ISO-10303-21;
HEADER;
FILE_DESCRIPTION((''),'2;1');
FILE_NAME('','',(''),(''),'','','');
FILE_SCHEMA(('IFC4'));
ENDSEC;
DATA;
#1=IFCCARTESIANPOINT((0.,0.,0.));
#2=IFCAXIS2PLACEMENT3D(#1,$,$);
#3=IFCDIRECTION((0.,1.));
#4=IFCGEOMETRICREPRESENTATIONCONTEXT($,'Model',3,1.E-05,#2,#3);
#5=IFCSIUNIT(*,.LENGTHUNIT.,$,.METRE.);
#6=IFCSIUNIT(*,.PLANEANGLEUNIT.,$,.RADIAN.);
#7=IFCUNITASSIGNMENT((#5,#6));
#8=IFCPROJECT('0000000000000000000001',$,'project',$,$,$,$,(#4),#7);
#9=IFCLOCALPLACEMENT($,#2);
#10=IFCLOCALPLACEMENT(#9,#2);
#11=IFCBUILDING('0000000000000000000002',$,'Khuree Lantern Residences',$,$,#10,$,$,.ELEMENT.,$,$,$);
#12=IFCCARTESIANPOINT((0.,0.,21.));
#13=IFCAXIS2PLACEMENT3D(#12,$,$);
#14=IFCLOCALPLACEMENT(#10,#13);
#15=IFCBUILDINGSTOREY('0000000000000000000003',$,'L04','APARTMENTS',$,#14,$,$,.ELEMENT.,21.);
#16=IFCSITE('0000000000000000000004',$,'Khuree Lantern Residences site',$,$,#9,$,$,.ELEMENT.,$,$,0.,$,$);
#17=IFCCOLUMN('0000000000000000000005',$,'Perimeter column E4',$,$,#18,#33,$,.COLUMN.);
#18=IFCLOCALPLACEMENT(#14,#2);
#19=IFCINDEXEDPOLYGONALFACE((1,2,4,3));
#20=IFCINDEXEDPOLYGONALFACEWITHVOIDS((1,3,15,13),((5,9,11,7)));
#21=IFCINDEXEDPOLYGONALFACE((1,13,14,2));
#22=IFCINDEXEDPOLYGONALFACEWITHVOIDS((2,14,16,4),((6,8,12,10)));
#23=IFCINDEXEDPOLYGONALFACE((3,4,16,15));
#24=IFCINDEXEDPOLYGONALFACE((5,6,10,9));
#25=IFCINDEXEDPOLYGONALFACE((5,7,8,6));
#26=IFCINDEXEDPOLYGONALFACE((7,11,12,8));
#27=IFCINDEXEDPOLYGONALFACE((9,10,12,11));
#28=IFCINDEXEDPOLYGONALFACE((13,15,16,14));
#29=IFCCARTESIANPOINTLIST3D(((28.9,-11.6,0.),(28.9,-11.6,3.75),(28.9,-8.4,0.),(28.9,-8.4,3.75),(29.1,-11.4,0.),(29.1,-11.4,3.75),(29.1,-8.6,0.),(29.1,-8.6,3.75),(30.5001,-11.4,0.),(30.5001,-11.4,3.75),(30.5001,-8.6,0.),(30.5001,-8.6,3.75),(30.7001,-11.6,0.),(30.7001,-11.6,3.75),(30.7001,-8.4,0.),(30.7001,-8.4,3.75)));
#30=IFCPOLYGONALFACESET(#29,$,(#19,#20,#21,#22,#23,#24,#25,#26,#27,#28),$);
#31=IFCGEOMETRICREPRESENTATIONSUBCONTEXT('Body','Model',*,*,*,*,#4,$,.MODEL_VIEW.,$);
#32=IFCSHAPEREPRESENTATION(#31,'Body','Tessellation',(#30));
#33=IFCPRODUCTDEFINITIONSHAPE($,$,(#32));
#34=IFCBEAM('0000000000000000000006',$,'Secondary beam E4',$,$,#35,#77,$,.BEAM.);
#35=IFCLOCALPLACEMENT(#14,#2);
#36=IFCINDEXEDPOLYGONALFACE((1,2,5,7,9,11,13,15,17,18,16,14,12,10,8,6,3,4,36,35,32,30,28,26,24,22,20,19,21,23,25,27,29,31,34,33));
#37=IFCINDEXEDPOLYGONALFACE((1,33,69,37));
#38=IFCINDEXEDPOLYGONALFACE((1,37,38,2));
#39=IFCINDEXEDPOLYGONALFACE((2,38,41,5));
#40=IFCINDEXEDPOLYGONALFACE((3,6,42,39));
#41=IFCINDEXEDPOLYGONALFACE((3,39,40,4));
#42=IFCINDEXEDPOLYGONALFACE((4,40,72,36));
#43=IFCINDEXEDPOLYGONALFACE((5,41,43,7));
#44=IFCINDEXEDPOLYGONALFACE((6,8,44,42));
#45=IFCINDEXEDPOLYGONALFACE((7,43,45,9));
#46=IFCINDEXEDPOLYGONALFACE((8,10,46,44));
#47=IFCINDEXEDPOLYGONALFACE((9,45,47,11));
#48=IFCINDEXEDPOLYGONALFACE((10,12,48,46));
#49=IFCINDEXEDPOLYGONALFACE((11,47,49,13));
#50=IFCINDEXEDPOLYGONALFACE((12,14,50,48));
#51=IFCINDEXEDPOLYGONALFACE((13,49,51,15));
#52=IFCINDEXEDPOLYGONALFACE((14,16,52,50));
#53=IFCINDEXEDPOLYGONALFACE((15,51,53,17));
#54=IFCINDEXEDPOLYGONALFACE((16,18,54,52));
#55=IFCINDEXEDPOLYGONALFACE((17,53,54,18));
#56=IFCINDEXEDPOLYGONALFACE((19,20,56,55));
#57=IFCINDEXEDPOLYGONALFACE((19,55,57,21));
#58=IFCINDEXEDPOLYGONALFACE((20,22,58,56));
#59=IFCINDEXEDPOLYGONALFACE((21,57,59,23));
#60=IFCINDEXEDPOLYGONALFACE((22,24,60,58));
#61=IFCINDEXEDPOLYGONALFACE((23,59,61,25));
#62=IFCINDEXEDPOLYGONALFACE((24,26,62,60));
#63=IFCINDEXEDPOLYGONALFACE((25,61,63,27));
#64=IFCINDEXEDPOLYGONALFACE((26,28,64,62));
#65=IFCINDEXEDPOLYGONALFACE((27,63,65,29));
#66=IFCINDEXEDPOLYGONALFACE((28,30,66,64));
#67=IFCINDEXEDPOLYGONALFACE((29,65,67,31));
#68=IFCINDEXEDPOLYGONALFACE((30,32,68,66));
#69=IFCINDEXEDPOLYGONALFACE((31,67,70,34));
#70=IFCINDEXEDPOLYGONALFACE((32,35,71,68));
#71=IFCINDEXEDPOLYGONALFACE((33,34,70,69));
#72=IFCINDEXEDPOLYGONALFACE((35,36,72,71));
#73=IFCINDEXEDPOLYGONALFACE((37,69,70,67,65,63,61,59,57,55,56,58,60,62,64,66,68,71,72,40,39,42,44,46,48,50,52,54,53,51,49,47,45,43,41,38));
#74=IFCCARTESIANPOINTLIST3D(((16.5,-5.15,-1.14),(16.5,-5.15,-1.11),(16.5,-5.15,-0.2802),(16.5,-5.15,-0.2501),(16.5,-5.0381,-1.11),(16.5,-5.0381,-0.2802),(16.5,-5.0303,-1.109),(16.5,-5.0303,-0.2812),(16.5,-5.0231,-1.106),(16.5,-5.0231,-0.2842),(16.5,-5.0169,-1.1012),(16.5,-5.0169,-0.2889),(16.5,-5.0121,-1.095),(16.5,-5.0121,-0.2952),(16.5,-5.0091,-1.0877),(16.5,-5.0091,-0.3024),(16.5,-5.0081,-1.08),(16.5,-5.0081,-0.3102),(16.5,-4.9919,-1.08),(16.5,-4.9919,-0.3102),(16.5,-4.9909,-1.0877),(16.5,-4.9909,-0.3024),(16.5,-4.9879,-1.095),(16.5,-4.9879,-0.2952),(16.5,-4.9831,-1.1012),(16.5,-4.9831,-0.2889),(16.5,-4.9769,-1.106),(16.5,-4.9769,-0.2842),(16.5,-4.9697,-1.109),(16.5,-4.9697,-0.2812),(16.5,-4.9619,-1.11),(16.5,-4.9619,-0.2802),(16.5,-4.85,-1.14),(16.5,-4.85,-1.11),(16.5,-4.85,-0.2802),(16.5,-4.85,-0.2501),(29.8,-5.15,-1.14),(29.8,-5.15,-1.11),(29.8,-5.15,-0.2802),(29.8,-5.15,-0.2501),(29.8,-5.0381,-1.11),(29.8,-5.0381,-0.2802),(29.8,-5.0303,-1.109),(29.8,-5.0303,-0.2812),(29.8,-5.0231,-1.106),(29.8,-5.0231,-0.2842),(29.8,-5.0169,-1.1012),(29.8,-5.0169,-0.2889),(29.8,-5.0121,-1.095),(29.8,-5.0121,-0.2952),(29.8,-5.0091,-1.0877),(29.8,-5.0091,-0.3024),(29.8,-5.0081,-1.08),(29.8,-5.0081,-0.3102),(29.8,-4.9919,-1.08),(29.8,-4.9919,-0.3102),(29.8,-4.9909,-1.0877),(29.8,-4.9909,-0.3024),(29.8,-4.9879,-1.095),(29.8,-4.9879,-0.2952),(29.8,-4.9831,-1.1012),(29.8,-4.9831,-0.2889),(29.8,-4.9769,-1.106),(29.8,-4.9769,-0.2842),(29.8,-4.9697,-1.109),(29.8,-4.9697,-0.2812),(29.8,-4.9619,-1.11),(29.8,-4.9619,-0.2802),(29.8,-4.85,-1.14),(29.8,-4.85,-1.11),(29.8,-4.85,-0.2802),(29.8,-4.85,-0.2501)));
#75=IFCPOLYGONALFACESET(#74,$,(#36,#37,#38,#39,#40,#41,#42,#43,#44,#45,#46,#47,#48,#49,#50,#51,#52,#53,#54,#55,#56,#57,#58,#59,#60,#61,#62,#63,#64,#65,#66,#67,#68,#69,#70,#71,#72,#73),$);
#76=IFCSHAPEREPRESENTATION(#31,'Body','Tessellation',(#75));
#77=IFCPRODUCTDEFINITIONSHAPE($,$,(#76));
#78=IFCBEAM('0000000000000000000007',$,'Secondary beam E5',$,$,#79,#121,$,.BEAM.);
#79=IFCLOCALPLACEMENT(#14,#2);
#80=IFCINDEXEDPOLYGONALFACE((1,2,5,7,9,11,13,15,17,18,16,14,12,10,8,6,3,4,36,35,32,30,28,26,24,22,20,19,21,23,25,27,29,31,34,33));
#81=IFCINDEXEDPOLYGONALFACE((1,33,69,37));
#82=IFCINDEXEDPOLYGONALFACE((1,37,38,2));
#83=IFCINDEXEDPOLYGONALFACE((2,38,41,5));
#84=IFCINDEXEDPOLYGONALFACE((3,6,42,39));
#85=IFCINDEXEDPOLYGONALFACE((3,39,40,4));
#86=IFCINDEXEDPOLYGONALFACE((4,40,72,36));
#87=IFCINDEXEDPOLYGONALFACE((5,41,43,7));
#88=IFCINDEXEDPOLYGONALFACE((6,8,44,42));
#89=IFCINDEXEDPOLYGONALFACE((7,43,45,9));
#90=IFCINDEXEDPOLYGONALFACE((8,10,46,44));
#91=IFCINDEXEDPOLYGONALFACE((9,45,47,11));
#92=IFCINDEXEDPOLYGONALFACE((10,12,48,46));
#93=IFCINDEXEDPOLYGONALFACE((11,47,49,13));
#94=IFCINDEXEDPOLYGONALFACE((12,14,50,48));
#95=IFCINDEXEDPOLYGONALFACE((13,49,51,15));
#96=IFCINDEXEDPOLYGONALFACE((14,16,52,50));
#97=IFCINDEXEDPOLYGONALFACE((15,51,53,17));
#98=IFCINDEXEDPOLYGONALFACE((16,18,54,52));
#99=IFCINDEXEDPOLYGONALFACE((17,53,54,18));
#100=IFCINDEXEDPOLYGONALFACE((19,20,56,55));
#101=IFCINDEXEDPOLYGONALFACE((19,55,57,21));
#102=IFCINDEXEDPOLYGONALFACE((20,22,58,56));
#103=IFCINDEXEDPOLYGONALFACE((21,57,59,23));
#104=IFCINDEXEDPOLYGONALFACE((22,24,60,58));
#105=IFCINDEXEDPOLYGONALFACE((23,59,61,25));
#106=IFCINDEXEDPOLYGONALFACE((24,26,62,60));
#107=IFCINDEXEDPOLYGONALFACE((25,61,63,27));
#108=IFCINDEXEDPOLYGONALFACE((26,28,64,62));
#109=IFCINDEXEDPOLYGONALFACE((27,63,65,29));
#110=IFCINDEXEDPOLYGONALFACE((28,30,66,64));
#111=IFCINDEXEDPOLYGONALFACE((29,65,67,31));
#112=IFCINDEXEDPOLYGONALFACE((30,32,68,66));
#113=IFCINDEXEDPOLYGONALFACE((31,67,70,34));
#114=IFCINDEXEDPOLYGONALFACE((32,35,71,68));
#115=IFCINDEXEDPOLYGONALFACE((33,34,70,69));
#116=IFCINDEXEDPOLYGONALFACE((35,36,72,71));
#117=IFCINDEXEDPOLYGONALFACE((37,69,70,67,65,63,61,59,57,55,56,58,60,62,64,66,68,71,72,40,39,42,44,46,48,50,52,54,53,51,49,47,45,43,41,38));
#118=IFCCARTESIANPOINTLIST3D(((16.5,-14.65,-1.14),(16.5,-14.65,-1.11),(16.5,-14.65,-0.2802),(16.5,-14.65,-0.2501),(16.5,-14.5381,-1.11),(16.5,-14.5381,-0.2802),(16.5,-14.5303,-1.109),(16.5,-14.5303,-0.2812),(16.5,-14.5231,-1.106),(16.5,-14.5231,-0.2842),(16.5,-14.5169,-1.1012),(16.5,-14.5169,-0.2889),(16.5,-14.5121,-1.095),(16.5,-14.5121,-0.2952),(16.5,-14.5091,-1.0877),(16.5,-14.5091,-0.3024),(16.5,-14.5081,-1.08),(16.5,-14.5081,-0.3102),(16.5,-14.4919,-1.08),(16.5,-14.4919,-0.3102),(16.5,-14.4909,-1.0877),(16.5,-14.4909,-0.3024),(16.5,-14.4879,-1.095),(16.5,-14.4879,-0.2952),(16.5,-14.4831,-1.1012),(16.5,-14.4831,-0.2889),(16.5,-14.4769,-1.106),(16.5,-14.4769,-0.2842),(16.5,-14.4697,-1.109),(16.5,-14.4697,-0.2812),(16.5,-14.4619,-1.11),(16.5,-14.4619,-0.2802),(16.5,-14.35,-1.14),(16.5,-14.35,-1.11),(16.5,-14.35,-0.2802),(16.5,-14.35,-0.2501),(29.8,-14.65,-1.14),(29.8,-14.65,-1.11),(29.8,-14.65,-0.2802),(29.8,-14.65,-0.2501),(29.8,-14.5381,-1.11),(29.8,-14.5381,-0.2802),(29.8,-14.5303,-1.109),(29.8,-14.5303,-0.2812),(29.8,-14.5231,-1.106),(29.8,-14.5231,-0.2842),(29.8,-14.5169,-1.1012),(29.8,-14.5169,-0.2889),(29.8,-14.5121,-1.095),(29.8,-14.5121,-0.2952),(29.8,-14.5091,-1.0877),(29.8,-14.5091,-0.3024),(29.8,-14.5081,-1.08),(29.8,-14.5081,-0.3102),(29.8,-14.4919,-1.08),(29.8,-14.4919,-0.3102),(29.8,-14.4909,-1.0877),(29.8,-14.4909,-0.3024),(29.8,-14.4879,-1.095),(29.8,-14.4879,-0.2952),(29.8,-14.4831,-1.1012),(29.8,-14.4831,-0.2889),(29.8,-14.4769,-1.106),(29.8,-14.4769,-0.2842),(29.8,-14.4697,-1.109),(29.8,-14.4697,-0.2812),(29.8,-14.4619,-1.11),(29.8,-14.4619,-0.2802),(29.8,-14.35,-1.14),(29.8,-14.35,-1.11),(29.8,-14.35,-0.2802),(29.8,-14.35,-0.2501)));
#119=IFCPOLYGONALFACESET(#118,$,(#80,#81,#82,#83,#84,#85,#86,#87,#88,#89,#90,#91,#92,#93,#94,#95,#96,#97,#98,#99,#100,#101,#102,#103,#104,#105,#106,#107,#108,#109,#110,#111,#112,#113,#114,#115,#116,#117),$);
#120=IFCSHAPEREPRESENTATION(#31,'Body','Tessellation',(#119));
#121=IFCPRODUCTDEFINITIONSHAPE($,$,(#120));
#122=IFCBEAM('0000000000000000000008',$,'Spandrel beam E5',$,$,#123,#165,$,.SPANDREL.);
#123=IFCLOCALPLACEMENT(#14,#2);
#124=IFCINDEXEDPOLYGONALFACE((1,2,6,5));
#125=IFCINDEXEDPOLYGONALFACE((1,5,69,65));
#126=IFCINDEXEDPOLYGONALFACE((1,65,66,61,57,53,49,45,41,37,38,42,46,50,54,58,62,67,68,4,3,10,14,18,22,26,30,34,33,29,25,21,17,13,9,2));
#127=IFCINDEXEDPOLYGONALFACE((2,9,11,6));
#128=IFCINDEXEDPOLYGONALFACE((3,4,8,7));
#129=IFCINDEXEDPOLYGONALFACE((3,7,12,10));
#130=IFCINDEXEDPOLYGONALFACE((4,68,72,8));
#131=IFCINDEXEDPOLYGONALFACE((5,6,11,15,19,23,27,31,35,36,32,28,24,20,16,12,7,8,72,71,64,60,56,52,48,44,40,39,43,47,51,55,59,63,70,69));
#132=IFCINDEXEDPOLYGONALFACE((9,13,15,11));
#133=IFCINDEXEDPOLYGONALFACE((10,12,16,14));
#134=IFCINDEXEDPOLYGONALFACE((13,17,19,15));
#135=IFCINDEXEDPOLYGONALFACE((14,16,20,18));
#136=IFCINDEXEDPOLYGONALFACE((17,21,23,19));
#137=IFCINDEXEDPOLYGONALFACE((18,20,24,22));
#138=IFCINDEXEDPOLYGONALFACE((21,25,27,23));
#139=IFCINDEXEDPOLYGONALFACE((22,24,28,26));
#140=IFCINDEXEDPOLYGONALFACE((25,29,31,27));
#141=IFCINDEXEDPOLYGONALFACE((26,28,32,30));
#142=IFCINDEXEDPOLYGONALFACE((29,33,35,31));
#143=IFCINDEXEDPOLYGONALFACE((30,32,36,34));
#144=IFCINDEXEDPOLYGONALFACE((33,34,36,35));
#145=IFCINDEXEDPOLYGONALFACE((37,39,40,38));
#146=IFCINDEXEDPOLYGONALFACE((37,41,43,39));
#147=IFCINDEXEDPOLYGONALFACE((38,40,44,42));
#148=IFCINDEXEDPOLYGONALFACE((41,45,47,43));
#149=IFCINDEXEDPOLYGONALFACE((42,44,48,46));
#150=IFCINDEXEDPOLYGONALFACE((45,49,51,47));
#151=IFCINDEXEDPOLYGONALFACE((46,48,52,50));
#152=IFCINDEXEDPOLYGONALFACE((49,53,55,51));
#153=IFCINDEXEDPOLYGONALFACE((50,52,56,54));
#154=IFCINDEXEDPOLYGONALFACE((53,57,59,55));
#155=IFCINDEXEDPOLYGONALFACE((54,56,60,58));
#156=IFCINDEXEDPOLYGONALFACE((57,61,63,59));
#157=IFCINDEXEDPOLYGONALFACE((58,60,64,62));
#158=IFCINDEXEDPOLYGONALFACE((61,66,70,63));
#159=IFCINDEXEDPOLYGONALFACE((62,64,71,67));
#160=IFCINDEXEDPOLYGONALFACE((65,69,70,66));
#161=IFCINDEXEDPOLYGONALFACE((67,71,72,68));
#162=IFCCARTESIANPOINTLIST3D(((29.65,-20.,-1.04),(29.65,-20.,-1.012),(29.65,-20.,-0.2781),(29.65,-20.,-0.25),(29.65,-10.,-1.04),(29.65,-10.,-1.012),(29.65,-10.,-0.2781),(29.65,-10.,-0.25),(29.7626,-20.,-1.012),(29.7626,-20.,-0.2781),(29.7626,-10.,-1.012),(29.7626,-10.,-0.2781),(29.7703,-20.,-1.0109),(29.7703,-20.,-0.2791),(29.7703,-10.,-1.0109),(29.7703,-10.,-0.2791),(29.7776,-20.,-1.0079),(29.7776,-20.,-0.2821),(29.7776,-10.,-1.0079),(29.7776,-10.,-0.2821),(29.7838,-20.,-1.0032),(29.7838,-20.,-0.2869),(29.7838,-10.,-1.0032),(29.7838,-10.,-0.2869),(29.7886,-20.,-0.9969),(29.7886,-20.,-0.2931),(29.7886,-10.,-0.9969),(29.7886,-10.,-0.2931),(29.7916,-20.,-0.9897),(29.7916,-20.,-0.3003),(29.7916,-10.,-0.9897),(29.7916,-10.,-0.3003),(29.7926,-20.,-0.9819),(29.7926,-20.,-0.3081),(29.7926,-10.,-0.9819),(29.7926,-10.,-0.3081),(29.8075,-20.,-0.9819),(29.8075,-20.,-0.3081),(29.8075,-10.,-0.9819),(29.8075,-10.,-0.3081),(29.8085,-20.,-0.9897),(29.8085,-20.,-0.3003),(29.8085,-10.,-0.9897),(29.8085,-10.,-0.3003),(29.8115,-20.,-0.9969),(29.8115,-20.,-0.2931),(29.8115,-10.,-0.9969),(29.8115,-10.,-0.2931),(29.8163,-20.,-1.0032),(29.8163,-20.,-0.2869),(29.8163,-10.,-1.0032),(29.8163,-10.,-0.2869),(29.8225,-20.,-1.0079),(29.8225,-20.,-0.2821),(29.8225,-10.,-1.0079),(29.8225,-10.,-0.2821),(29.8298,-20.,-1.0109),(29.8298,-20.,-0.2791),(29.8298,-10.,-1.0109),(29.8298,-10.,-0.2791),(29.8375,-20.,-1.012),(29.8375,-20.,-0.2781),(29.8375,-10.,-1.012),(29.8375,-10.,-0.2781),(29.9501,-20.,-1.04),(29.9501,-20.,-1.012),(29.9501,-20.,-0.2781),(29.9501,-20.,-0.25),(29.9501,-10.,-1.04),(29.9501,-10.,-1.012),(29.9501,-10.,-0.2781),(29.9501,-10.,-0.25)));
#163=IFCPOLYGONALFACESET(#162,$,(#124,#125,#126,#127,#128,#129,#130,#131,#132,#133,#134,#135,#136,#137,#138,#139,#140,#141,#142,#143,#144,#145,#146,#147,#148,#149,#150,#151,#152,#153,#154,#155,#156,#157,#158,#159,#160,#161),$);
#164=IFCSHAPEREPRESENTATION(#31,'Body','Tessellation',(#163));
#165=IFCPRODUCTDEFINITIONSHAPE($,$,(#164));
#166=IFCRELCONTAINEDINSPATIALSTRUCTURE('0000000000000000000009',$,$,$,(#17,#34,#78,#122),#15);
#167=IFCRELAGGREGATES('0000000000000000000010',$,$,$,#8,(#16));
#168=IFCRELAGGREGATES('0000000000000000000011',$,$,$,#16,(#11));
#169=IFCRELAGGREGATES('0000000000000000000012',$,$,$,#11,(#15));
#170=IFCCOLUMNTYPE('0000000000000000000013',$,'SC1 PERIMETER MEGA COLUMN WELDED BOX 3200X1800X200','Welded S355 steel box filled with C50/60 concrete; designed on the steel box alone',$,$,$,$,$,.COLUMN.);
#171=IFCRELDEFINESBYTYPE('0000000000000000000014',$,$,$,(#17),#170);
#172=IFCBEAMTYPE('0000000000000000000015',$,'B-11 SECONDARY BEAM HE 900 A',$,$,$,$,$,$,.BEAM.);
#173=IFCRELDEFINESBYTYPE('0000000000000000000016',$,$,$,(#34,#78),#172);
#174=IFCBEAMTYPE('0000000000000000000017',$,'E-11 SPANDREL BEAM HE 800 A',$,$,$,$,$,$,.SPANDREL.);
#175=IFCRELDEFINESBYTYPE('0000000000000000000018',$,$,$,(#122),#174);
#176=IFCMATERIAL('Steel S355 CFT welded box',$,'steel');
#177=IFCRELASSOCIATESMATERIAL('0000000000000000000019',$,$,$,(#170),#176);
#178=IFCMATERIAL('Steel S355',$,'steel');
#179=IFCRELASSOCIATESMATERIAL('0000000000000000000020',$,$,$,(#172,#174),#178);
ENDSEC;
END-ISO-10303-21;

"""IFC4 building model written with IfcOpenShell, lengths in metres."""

from ifc_helpers import new_model, si_unit, direction, frame, origin, origin_2d, place, context, subcontext, project, spatial, hollow_rectangle, i_section, extrude, material, material_profile, profile_set, type_object, element, save


model = new_model("IFC4")

# Units and contexts
model_context = context("Model", 3, precision=1e-05, world=origin(), true_north=direction((0.0, 1.0)))
body_context = subcontext(model_context, "Body", "Model", "MODEL_VIEW")
ifc_project = project(units=[si_unit("LENGTHUNIT", "METRE"), si_unit("PLANEANGLEUNIT", "RADIAN")], contexts=[model_context])

# Site, building, storey
site_placement = place(None, origin())
site = spatial("IfcSite", under=ifc_project, at=site_placement, Name="Khuree Lantern Residences site", CompositionType="ELEMENT", RefElevation=0.0)
building_placement = place(site_placement, origin())
building = spatial("IfcBuilding", under=site, at=building_placement, Name="Khuree Lantern Residences", CompositionType="ELEMENT")
storey_placement = place(building_placement, frame((0.0, 0.0, 21.0)))
storey = spatial("IfcBuildingStorey", under=building, at=storey_placement, Name="L04", Description="APARTMENTS", CompositionType="ELEMENT", Elevation=21.0)

# Column
ifc_material_1 = material(Name="Steel S355 CFT welded box", Category="steel")
ifc_material_profile_1 = material_profile(ifc_material_1, hollow_rectangle(XDim=3.2, YDim=1.8, WallThickness=0.2, at=origin_2d()), Name="WELDED BOX 3200X1800X200")
ifc_profile_set_1 = profile_set([ifc_material_profile_1], Name="Steel S355 CFT welded box")
column_type = type_object("IfcColumnType", Name="SC1 PERIMETER MEGA COLUMN WELDED BOX 3200X1800X200", Description="Welded S355 steel box filled with C50/60 concrete; designed on the steel box alone", PredefinedType="COLUMN", material=ifc_profile_set_1)
column_placement = place(storey_placement, frame((29.8, -10.0, 0.0), z_axis=(0.0, 0.0, 1.0), x_axis=(0.0, 1.0, 0.0)))
element("IfcColumn", 1, at=column_placement, inside=storey, type_object=column_type, Name="Perimeter column E4", PredefinedType="COLUMN", context=body_context, shape_type="SweptSolid", body=[
    extrude(hollow_rectangle(XDim=3.2, YDim=1.8, WallThickness=0.2, at=origin_2d()), origin(), (0.0, 0.0, 1.0), 3.75),
])

# Beams
ifc_material_2 = material(Name="Steel S355", Category="steel")
ifc_material_profile_2 = material_profile(ifc_material_2, i_section(OverallWidth=0.3, OverallDepth=0.8899, WebThickness=0.0161, FlangeThickness=0.03, FilletRadius=0.03, at=origin_2d()), Name="HE 900 A")
ifc_profile_set_2 = profile_set([ifc_material_profile_2], Name="Steel S355")
beam_type_1 = type_object("IfcBeamType", Name="B-11 SECONDARY BEAM HE 900 A", PredefinedType="BEAM", material=ifc_profile_set_2)
for number, where, z_axis, x_axis, name in (
    (2, (29.8, -5.0, -0.6951), (-1.0, 0.0, 0.0), (0.0, -1.0, 0.0), "Secondary beam E4"),
    (3, (29.8, -14.5, -0.6951), (-1.0, 0.0, 0.0), (0.0, -1.0, 0.0), "Secondary beam E5"),
):
    element("IfcBeam", number, at=place(storey_placement, frame(where, z_axis=z_axis, x_axis=x_axis)), inside=storey, type_object=beam_type_1, Name=name, PredefinedType="BEAM", context=body_context, shape_type="SweptSolid", body=[
        extrude(i_section(OverallWidth=0.3, OverallDepth=0.8899, WebThickness=0.0161, FlangeThickness=0.03, FilletRadius=0.03, at=origin_2d()), origin(), (0.0, 0.0, 1.0), 13.3),
    ])
ifc_material_profile_3 = material_profile(ifc_material_2, i_section(OverallWidth=0.3, OverallDepth=0.79, WebThickness=0.0149, FlangeThickness=0.0281, FilletRadius=0.03, at=origin_2d()), Name="HE 800 A")
ifc_profile_set_3 = profile_set([ifc_material_profile_3], Name="Steel S355")
beam_type_2 = type_object("IfcBeamType", Name="E-11 SPANDREL BEAM HE 800 A", PredefinedType="SPANDREL", material=ifc_profile_set_3)
beam_1_placement = place(storey_placement, frame((29.8, -10.0, -0.645), z_axis=(0.0, -1.0, 0.0), x_axis=(1.0, 0.0, 0.0)))
element("IfcBeam", 4, at=beam_1_placement, inside=storey, type_object=beam_type_2, Name="Spandrel beam E5", PredefinedType="SPANDREL", context=body_context, shape_type="SweptSolid", body=[
    extrude(i_section(OverallWidth=0.3, OverallDepth=0.79, WebThickness=0.0149, FlangeThickness=0.0281, FilletRadius=0.03, at=origin_2d()), origin(), (0.0, 0.0, 1.0), 10.0),
])

save(model, "model.ifc")
